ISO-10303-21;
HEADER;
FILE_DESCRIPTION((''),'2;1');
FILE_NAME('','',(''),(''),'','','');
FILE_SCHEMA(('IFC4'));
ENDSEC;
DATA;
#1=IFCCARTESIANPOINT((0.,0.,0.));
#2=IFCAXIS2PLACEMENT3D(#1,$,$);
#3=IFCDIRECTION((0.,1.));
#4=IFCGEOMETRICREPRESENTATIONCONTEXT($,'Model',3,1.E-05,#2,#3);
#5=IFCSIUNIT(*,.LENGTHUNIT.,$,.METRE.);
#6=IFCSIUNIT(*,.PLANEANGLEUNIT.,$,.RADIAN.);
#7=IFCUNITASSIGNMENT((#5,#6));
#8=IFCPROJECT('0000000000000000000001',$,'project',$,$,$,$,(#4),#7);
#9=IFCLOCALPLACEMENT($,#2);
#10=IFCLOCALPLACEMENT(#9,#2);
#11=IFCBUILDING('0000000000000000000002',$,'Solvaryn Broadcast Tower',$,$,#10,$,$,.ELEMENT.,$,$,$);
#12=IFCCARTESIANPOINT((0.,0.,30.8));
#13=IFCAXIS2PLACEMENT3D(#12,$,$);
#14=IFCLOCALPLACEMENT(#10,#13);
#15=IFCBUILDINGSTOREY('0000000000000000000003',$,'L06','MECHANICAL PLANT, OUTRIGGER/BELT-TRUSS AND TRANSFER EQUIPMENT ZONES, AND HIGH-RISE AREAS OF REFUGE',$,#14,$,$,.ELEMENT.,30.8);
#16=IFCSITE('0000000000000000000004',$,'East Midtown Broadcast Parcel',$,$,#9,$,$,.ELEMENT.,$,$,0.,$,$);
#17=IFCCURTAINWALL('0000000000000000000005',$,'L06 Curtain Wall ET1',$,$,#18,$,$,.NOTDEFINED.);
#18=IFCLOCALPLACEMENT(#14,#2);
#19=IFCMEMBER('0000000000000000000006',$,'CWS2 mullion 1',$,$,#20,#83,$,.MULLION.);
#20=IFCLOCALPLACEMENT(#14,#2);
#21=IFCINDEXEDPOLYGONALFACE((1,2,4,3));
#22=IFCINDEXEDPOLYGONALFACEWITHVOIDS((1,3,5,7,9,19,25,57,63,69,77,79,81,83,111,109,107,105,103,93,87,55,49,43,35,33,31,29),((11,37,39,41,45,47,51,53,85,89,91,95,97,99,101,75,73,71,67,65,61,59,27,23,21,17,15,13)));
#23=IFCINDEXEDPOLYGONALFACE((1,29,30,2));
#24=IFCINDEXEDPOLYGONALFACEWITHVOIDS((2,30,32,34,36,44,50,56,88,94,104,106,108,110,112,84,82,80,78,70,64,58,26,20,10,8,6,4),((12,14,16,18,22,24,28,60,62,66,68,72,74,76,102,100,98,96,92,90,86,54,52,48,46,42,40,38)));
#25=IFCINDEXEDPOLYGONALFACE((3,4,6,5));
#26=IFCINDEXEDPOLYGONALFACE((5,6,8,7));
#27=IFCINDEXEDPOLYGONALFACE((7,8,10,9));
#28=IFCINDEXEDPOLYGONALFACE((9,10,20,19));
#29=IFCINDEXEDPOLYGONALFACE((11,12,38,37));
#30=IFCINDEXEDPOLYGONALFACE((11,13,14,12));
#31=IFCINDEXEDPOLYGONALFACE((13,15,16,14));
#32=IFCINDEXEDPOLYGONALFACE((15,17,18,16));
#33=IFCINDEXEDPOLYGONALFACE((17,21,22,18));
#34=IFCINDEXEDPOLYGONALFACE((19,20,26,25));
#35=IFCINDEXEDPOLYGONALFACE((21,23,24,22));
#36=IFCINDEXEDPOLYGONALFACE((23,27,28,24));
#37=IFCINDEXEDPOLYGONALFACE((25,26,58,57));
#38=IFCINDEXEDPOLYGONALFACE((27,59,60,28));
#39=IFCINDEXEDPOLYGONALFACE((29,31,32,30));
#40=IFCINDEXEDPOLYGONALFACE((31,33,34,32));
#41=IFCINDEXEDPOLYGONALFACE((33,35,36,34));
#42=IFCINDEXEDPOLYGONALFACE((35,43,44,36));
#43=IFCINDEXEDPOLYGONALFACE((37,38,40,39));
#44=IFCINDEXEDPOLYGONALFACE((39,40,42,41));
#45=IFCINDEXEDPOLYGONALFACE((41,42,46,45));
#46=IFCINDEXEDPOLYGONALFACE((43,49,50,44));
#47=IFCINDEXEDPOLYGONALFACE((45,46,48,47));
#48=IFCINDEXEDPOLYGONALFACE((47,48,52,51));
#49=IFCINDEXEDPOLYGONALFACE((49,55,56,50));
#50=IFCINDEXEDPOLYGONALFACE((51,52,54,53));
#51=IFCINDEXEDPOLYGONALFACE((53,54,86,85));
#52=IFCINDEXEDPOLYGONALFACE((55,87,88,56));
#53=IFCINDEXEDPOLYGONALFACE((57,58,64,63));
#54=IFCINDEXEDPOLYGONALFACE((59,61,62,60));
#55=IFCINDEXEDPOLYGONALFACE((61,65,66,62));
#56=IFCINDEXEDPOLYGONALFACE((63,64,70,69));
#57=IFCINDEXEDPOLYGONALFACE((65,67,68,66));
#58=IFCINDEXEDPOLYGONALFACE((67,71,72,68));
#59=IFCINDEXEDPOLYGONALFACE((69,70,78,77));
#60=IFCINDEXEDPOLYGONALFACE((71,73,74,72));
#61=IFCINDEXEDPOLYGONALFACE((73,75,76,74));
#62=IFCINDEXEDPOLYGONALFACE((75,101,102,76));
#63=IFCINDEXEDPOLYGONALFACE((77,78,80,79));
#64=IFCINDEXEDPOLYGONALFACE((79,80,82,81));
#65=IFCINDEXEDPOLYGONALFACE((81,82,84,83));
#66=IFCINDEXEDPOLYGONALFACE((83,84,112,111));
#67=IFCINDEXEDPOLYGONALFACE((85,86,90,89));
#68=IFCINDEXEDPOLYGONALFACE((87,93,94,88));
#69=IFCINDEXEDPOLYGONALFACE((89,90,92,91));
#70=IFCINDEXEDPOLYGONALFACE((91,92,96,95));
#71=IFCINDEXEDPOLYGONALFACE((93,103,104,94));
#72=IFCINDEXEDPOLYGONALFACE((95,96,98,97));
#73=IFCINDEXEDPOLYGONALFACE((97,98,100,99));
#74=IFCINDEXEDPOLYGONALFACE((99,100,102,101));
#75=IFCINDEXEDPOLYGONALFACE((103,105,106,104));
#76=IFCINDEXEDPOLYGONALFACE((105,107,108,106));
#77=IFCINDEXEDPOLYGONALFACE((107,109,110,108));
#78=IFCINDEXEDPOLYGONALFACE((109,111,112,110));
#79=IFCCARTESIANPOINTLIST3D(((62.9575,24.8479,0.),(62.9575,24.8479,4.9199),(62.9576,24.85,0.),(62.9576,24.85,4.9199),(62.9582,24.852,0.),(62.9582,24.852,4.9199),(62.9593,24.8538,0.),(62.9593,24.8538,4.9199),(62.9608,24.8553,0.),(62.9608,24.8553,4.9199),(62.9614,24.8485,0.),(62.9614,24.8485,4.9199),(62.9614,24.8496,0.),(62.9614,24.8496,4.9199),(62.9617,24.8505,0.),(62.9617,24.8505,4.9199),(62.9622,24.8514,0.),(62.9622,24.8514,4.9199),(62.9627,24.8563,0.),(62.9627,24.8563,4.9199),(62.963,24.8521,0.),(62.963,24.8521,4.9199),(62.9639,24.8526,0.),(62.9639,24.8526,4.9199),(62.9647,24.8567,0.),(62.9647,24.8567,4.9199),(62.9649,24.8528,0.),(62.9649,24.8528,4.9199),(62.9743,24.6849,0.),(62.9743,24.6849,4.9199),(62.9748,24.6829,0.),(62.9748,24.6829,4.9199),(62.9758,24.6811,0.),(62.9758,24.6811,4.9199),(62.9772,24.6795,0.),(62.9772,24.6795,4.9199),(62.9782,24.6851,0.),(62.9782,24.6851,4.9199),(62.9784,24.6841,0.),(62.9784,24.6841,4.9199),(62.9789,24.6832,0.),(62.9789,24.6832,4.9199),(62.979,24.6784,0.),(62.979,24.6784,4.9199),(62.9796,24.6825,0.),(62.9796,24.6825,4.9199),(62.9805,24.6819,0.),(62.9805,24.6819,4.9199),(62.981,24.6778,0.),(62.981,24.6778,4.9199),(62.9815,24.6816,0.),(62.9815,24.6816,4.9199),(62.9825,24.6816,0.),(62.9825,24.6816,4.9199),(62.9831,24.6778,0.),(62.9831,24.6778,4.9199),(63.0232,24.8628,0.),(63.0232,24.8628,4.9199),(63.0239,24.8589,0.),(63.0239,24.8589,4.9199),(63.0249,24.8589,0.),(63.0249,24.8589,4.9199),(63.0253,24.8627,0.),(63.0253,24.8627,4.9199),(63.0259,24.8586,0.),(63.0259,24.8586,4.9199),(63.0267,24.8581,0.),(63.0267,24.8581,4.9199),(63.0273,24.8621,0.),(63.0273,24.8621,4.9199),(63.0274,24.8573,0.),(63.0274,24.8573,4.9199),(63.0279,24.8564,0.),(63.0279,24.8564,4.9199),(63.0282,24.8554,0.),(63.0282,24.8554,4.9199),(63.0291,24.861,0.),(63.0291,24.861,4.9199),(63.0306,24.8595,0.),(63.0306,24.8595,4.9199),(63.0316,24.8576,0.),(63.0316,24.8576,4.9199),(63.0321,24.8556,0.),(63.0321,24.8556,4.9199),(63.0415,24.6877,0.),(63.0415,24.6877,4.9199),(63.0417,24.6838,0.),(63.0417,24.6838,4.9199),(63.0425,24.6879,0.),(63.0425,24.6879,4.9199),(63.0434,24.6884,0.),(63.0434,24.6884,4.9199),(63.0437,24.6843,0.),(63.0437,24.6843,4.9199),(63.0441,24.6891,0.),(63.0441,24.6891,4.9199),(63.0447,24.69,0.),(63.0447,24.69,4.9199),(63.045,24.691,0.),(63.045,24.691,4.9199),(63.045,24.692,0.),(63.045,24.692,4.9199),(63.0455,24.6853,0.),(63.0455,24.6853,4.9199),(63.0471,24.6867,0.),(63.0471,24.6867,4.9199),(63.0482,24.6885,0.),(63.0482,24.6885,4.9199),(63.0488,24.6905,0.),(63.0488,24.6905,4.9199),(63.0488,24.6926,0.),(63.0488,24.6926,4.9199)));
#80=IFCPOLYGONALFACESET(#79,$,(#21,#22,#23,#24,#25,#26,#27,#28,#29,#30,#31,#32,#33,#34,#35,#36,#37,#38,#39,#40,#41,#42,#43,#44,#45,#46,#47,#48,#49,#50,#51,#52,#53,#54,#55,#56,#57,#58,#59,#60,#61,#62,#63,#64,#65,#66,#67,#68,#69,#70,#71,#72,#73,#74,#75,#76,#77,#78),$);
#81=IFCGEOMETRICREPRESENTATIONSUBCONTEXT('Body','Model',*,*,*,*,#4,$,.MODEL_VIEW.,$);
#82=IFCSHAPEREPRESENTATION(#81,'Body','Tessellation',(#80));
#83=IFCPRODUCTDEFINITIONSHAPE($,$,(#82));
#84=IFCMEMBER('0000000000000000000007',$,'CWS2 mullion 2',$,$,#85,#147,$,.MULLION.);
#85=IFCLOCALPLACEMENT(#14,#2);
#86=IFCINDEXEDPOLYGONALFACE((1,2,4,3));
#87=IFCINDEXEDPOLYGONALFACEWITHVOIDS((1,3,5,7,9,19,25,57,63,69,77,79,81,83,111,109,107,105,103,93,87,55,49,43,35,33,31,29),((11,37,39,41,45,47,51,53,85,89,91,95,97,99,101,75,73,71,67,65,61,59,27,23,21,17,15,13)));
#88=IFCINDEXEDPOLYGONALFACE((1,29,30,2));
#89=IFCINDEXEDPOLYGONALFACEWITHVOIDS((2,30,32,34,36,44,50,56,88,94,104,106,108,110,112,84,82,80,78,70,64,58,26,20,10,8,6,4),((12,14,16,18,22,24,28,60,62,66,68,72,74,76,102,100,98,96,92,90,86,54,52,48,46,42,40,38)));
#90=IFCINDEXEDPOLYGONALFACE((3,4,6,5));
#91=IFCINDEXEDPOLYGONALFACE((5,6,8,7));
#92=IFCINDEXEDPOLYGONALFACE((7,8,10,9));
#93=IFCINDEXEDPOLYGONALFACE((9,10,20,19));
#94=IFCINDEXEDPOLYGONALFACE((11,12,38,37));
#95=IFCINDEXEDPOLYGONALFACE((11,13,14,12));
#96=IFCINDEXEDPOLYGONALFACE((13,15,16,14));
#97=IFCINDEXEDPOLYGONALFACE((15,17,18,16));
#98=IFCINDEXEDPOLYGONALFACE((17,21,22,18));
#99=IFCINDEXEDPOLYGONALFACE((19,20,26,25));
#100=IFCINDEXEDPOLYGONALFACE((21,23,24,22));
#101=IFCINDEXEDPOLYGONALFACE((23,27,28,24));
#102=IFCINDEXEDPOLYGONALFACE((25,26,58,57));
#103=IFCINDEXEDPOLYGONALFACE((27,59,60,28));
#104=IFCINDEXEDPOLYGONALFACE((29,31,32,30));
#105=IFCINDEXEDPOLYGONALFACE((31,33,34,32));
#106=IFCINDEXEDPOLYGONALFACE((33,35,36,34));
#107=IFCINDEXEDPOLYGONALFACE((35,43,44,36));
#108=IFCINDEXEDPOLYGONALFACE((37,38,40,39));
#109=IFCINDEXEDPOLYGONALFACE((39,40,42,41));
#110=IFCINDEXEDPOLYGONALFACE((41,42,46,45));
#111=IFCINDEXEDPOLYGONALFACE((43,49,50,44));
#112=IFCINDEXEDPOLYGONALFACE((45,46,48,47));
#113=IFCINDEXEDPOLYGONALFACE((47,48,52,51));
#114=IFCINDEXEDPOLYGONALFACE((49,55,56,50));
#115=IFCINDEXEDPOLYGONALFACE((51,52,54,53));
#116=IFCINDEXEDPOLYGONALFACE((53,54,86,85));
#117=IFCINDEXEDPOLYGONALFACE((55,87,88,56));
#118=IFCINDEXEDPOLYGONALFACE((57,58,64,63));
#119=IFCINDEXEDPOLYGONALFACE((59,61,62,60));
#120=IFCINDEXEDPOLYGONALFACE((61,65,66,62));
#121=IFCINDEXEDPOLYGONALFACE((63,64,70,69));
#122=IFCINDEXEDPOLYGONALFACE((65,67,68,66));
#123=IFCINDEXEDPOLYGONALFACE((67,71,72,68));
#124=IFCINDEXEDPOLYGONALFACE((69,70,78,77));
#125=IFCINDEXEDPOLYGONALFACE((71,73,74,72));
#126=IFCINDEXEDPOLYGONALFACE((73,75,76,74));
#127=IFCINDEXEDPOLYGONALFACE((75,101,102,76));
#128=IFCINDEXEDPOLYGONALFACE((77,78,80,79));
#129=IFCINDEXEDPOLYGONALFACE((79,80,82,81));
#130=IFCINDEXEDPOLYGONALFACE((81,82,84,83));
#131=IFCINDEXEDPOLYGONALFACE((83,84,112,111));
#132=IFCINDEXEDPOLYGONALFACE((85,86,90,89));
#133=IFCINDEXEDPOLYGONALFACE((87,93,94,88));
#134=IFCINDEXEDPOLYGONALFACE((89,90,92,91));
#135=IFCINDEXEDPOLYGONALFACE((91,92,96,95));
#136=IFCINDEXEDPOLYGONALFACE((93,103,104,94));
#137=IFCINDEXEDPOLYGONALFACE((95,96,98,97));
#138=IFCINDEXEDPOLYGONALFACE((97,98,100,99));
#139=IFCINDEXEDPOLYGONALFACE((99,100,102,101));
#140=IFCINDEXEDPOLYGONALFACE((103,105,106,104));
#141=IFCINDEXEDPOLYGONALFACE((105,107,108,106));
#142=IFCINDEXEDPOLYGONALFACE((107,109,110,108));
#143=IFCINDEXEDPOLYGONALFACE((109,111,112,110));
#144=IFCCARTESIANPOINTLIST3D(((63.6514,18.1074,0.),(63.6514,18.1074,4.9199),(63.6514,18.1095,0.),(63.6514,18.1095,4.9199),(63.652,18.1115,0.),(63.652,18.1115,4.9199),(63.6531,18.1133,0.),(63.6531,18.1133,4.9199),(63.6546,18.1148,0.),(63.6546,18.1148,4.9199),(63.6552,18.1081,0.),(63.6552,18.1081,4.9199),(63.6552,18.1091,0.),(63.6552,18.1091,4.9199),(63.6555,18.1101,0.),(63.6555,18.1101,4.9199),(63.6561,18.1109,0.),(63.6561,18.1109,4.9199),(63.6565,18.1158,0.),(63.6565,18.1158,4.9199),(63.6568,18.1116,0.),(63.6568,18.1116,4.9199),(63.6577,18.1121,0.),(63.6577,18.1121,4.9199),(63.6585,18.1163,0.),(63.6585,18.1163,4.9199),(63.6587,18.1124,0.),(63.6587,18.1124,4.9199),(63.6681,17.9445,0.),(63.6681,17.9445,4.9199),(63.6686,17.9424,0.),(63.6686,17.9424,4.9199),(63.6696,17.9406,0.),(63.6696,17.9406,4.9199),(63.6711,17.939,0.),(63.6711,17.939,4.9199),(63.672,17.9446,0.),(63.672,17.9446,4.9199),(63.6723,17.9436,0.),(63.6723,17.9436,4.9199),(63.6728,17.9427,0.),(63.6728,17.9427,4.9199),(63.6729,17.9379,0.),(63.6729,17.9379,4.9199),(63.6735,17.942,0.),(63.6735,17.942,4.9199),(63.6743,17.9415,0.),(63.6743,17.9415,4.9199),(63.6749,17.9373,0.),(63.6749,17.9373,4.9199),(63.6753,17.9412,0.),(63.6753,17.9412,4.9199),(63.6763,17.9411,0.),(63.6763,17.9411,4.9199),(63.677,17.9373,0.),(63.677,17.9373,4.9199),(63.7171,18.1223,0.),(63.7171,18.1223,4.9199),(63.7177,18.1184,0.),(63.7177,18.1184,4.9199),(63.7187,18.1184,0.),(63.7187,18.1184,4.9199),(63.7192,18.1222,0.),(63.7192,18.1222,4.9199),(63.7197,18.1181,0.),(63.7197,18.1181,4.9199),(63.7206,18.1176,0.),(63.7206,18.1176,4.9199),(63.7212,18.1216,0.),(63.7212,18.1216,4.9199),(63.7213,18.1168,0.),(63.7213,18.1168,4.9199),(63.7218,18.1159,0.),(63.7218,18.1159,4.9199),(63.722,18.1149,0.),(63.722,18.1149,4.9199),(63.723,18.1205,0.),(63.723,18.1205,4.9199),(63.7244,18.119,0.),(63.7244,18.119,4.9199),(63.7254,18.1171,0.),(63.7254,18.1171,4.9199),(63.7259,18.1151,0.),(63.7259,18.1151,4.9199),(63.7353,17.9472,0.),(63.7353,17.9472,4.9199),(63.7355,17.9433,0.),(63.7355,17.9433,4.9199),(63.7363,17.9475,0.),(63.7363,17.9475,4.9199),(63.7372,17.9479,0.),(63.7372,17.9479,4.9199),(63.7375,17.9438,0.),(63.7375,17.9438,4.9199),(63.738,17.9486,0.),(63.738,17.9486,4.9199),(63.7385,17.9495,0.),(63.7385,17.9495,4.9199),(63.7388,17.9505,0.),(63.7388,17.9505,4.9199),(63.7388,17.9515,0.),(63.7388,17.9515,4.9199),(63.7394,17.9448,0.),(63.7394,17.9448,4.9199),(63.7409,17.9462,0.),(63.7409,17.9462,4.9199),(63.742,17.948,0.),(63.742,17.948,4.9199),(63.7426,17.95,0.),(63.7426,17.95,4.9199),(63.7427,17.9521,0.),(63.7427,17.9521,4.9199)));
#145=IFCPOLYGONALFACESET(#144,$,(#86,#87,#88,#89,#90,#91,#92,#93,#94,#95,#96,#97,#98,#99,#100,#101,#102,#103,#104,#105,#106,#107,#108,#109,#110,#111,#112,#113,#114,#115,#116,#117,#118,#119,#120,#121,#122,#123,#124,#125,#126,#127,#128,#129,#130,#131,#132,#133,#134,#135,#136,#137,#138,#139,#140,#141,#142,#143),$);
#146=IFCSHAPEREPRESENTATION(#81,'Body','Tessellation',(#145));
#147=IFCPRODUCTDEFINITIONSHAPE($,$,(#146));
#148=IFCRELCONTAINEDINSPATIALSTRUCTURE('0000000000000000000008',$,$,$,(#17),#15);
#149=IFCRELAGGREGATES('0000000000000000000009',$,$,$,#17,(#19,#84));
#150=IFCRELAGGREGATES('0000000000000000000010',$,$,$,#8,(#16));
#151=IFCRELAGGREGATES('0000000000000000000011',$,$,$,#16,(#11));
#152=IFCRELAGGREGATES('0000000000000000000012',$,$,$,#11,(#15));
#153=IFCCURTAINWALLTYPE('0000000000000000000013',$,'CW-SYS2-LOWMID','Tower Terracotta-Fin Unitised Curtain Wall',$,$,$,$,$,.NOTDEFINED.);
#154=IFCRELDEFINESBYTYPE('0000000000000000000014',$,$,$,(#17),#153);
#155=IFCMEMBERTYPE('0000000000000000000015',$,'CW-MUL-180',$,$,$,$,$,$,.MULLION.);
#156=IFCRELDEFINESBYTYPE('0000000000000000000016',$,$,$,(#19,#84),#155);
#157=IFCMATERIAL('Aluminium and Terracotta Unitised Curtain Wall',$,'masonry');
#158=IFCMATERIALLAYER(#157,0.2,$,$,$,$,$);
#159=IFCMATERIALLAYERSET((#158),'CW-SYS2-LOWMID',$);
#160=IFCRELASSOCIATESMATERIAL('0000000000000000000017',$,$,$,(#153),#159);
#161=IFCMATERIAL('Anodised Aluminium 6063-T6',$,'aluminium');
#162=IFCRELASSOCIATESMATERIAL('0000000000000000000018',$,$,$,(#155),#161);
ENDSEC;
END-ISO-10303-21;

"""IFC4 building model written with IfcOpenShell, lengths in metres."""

from ifc_helpers import new_model, si_unit, direction, frame, origin, origin_2d, place, context, subcontext, project, spatial, hollow_rectangle, extrude, material, layer, layer_set, material_profile, profile_set, type_object, element, aggregate, save


model = new_model("IFC4")

# Units and contexts
model_context = context("Model", 3, precision=1e-05, world=origin(), true_north=direction((0.0, 1.0)))
body_context = subcontext(model_context, "Body", "Model", "MODEL_VIEW")
ifc_project = project(units=[si_unit("LENGTHUNIT", "METRE"), si_unit("PLANEANGLEUNIT", "RADIAN")], contexts=[model_context])

# Site, building, storey
site_placement = place(None, origin())
site = spatial("IfcSite", under=ifc_project, at=site_placement, Name="East Midtown Broadcast Parcel", CompositionType="ELEMENT", RefElevation=0.0)
building_placement = place(site_placement, origin())
building = spatial("IfcBuilding", under=site, at=building_placement, Name="Solvaryn Broadcast Tower", CompositionType="ELEMENT")
storey_placement = place(building_placement, frame((0.0, 0.0, 30.8)))
storey = spatial("IfcBuildingStorey", under=building, at=storey_placement, Name="L06", Description="MECHANICAL PLANT, OUTRIGGER/BELT-TRUSS AND TRANSFER EQUIPMENT ZONES, AND HIGH-RISE AREAS OF REFUGE", CompositionType="ELEMENT", Elevation=30.8)

# Curtain wall, members
ifc_material_1 = material(Name="Aluminium and Terracotta Unitised Curtain Wall", Category="masonry")
ifc_layer_1 = layer(ifc_material_1, 0.2)
ifc_layer_set_1 = layer_set([ifc_layer_1], Name="CW-SYS2-LOWMID")
curtain_wall_type = type_object("IfcCurtainWallType", Name="CW-SYS2-LOWMID", Description="Tower Terracotta-Fin Unitised Curtain Wall", PredefinedType="NOTDEFINED", material=ifc_layer_set_1)
curtain_wall_placement = place(storey_placement, origin())
curtain_wall = element("IfcCurtainWall", 1, at=curtain_wall_placement, inside=storey, type_object=curtain_wall_type, Name="L06 Curtain Wall ET1", PredefinedType="NOTDEFINED")
ifc_material_2 = material(Name="Anodised Aluminium 6063-T6", Category="aluminium")
ifc_material_profile_1 = material_profile(ifc_material_2, hollow_rectangle(XDim=0.075, YDim=0.1799, WallThickness=0.0039, InnerFilletRadius=0.0039, OuterFilletRadius=0.0081, at=origin_2d()))
ifc_profile_set_1 = profile_set([ifc_material_profile_1], Name="Anodised Aluminium 6063-T6")
member_type_1 = type_object("IfcMemberType", Name="CW-MUL-180", PredefinedType="MULLION", material=ifc_profile_set_1)
member_1_placement = place(storey_placement, frame((63.0032, 24.7703, 0.0), z_axis=(0.0, 0.0, 1.0), x_axis=(0.994743, 0.1024, 0.0)))
member_1 = element("IfcMember", 2, at=member_1_placement, type_object=member_type_1, Name="CWS2 mullion 1", PredefinedType="MULLION", context=body_context, shape_type="SweptSolid", body=[
    extrude(hollow_rectangle(XDim=0.075, YDim=0.1799, WallThickness=0.0039, InnerFilletRadius=0.0039, OuterFilletRadius=0.0081, at=origin_2d()), origin(), (0.0, 0.0, 1.0), 4.9199),
])
member_2_placement = place(storey_placement, frame((63.697, 18.0298, 0.0), z_axis=(0.0, 0.0, 1.0), x_axis=(0.994743, 0.1024, 0.0)))
member_2 = element("IfcMember", 3, at=member_2_placement, type_object=member_type_1, Name="CWS2 mullion 2", PredefinedType="MULLION", context=body_context, shape_type="SweptSolid", body=[
    extrude(hollow_rectangle(XDim=0.075, YDim=0.1799, WallThickness=0.0039, InnerFilletRadius=0.0039, OuterFilletRadius=0.0081, at=origin_2d()), origin(), (0.0, 0.0, 1.0), 4.9199),
])
aggregate(curtain_wall, [member_1, member_2])

save(model, "model.ifc")
